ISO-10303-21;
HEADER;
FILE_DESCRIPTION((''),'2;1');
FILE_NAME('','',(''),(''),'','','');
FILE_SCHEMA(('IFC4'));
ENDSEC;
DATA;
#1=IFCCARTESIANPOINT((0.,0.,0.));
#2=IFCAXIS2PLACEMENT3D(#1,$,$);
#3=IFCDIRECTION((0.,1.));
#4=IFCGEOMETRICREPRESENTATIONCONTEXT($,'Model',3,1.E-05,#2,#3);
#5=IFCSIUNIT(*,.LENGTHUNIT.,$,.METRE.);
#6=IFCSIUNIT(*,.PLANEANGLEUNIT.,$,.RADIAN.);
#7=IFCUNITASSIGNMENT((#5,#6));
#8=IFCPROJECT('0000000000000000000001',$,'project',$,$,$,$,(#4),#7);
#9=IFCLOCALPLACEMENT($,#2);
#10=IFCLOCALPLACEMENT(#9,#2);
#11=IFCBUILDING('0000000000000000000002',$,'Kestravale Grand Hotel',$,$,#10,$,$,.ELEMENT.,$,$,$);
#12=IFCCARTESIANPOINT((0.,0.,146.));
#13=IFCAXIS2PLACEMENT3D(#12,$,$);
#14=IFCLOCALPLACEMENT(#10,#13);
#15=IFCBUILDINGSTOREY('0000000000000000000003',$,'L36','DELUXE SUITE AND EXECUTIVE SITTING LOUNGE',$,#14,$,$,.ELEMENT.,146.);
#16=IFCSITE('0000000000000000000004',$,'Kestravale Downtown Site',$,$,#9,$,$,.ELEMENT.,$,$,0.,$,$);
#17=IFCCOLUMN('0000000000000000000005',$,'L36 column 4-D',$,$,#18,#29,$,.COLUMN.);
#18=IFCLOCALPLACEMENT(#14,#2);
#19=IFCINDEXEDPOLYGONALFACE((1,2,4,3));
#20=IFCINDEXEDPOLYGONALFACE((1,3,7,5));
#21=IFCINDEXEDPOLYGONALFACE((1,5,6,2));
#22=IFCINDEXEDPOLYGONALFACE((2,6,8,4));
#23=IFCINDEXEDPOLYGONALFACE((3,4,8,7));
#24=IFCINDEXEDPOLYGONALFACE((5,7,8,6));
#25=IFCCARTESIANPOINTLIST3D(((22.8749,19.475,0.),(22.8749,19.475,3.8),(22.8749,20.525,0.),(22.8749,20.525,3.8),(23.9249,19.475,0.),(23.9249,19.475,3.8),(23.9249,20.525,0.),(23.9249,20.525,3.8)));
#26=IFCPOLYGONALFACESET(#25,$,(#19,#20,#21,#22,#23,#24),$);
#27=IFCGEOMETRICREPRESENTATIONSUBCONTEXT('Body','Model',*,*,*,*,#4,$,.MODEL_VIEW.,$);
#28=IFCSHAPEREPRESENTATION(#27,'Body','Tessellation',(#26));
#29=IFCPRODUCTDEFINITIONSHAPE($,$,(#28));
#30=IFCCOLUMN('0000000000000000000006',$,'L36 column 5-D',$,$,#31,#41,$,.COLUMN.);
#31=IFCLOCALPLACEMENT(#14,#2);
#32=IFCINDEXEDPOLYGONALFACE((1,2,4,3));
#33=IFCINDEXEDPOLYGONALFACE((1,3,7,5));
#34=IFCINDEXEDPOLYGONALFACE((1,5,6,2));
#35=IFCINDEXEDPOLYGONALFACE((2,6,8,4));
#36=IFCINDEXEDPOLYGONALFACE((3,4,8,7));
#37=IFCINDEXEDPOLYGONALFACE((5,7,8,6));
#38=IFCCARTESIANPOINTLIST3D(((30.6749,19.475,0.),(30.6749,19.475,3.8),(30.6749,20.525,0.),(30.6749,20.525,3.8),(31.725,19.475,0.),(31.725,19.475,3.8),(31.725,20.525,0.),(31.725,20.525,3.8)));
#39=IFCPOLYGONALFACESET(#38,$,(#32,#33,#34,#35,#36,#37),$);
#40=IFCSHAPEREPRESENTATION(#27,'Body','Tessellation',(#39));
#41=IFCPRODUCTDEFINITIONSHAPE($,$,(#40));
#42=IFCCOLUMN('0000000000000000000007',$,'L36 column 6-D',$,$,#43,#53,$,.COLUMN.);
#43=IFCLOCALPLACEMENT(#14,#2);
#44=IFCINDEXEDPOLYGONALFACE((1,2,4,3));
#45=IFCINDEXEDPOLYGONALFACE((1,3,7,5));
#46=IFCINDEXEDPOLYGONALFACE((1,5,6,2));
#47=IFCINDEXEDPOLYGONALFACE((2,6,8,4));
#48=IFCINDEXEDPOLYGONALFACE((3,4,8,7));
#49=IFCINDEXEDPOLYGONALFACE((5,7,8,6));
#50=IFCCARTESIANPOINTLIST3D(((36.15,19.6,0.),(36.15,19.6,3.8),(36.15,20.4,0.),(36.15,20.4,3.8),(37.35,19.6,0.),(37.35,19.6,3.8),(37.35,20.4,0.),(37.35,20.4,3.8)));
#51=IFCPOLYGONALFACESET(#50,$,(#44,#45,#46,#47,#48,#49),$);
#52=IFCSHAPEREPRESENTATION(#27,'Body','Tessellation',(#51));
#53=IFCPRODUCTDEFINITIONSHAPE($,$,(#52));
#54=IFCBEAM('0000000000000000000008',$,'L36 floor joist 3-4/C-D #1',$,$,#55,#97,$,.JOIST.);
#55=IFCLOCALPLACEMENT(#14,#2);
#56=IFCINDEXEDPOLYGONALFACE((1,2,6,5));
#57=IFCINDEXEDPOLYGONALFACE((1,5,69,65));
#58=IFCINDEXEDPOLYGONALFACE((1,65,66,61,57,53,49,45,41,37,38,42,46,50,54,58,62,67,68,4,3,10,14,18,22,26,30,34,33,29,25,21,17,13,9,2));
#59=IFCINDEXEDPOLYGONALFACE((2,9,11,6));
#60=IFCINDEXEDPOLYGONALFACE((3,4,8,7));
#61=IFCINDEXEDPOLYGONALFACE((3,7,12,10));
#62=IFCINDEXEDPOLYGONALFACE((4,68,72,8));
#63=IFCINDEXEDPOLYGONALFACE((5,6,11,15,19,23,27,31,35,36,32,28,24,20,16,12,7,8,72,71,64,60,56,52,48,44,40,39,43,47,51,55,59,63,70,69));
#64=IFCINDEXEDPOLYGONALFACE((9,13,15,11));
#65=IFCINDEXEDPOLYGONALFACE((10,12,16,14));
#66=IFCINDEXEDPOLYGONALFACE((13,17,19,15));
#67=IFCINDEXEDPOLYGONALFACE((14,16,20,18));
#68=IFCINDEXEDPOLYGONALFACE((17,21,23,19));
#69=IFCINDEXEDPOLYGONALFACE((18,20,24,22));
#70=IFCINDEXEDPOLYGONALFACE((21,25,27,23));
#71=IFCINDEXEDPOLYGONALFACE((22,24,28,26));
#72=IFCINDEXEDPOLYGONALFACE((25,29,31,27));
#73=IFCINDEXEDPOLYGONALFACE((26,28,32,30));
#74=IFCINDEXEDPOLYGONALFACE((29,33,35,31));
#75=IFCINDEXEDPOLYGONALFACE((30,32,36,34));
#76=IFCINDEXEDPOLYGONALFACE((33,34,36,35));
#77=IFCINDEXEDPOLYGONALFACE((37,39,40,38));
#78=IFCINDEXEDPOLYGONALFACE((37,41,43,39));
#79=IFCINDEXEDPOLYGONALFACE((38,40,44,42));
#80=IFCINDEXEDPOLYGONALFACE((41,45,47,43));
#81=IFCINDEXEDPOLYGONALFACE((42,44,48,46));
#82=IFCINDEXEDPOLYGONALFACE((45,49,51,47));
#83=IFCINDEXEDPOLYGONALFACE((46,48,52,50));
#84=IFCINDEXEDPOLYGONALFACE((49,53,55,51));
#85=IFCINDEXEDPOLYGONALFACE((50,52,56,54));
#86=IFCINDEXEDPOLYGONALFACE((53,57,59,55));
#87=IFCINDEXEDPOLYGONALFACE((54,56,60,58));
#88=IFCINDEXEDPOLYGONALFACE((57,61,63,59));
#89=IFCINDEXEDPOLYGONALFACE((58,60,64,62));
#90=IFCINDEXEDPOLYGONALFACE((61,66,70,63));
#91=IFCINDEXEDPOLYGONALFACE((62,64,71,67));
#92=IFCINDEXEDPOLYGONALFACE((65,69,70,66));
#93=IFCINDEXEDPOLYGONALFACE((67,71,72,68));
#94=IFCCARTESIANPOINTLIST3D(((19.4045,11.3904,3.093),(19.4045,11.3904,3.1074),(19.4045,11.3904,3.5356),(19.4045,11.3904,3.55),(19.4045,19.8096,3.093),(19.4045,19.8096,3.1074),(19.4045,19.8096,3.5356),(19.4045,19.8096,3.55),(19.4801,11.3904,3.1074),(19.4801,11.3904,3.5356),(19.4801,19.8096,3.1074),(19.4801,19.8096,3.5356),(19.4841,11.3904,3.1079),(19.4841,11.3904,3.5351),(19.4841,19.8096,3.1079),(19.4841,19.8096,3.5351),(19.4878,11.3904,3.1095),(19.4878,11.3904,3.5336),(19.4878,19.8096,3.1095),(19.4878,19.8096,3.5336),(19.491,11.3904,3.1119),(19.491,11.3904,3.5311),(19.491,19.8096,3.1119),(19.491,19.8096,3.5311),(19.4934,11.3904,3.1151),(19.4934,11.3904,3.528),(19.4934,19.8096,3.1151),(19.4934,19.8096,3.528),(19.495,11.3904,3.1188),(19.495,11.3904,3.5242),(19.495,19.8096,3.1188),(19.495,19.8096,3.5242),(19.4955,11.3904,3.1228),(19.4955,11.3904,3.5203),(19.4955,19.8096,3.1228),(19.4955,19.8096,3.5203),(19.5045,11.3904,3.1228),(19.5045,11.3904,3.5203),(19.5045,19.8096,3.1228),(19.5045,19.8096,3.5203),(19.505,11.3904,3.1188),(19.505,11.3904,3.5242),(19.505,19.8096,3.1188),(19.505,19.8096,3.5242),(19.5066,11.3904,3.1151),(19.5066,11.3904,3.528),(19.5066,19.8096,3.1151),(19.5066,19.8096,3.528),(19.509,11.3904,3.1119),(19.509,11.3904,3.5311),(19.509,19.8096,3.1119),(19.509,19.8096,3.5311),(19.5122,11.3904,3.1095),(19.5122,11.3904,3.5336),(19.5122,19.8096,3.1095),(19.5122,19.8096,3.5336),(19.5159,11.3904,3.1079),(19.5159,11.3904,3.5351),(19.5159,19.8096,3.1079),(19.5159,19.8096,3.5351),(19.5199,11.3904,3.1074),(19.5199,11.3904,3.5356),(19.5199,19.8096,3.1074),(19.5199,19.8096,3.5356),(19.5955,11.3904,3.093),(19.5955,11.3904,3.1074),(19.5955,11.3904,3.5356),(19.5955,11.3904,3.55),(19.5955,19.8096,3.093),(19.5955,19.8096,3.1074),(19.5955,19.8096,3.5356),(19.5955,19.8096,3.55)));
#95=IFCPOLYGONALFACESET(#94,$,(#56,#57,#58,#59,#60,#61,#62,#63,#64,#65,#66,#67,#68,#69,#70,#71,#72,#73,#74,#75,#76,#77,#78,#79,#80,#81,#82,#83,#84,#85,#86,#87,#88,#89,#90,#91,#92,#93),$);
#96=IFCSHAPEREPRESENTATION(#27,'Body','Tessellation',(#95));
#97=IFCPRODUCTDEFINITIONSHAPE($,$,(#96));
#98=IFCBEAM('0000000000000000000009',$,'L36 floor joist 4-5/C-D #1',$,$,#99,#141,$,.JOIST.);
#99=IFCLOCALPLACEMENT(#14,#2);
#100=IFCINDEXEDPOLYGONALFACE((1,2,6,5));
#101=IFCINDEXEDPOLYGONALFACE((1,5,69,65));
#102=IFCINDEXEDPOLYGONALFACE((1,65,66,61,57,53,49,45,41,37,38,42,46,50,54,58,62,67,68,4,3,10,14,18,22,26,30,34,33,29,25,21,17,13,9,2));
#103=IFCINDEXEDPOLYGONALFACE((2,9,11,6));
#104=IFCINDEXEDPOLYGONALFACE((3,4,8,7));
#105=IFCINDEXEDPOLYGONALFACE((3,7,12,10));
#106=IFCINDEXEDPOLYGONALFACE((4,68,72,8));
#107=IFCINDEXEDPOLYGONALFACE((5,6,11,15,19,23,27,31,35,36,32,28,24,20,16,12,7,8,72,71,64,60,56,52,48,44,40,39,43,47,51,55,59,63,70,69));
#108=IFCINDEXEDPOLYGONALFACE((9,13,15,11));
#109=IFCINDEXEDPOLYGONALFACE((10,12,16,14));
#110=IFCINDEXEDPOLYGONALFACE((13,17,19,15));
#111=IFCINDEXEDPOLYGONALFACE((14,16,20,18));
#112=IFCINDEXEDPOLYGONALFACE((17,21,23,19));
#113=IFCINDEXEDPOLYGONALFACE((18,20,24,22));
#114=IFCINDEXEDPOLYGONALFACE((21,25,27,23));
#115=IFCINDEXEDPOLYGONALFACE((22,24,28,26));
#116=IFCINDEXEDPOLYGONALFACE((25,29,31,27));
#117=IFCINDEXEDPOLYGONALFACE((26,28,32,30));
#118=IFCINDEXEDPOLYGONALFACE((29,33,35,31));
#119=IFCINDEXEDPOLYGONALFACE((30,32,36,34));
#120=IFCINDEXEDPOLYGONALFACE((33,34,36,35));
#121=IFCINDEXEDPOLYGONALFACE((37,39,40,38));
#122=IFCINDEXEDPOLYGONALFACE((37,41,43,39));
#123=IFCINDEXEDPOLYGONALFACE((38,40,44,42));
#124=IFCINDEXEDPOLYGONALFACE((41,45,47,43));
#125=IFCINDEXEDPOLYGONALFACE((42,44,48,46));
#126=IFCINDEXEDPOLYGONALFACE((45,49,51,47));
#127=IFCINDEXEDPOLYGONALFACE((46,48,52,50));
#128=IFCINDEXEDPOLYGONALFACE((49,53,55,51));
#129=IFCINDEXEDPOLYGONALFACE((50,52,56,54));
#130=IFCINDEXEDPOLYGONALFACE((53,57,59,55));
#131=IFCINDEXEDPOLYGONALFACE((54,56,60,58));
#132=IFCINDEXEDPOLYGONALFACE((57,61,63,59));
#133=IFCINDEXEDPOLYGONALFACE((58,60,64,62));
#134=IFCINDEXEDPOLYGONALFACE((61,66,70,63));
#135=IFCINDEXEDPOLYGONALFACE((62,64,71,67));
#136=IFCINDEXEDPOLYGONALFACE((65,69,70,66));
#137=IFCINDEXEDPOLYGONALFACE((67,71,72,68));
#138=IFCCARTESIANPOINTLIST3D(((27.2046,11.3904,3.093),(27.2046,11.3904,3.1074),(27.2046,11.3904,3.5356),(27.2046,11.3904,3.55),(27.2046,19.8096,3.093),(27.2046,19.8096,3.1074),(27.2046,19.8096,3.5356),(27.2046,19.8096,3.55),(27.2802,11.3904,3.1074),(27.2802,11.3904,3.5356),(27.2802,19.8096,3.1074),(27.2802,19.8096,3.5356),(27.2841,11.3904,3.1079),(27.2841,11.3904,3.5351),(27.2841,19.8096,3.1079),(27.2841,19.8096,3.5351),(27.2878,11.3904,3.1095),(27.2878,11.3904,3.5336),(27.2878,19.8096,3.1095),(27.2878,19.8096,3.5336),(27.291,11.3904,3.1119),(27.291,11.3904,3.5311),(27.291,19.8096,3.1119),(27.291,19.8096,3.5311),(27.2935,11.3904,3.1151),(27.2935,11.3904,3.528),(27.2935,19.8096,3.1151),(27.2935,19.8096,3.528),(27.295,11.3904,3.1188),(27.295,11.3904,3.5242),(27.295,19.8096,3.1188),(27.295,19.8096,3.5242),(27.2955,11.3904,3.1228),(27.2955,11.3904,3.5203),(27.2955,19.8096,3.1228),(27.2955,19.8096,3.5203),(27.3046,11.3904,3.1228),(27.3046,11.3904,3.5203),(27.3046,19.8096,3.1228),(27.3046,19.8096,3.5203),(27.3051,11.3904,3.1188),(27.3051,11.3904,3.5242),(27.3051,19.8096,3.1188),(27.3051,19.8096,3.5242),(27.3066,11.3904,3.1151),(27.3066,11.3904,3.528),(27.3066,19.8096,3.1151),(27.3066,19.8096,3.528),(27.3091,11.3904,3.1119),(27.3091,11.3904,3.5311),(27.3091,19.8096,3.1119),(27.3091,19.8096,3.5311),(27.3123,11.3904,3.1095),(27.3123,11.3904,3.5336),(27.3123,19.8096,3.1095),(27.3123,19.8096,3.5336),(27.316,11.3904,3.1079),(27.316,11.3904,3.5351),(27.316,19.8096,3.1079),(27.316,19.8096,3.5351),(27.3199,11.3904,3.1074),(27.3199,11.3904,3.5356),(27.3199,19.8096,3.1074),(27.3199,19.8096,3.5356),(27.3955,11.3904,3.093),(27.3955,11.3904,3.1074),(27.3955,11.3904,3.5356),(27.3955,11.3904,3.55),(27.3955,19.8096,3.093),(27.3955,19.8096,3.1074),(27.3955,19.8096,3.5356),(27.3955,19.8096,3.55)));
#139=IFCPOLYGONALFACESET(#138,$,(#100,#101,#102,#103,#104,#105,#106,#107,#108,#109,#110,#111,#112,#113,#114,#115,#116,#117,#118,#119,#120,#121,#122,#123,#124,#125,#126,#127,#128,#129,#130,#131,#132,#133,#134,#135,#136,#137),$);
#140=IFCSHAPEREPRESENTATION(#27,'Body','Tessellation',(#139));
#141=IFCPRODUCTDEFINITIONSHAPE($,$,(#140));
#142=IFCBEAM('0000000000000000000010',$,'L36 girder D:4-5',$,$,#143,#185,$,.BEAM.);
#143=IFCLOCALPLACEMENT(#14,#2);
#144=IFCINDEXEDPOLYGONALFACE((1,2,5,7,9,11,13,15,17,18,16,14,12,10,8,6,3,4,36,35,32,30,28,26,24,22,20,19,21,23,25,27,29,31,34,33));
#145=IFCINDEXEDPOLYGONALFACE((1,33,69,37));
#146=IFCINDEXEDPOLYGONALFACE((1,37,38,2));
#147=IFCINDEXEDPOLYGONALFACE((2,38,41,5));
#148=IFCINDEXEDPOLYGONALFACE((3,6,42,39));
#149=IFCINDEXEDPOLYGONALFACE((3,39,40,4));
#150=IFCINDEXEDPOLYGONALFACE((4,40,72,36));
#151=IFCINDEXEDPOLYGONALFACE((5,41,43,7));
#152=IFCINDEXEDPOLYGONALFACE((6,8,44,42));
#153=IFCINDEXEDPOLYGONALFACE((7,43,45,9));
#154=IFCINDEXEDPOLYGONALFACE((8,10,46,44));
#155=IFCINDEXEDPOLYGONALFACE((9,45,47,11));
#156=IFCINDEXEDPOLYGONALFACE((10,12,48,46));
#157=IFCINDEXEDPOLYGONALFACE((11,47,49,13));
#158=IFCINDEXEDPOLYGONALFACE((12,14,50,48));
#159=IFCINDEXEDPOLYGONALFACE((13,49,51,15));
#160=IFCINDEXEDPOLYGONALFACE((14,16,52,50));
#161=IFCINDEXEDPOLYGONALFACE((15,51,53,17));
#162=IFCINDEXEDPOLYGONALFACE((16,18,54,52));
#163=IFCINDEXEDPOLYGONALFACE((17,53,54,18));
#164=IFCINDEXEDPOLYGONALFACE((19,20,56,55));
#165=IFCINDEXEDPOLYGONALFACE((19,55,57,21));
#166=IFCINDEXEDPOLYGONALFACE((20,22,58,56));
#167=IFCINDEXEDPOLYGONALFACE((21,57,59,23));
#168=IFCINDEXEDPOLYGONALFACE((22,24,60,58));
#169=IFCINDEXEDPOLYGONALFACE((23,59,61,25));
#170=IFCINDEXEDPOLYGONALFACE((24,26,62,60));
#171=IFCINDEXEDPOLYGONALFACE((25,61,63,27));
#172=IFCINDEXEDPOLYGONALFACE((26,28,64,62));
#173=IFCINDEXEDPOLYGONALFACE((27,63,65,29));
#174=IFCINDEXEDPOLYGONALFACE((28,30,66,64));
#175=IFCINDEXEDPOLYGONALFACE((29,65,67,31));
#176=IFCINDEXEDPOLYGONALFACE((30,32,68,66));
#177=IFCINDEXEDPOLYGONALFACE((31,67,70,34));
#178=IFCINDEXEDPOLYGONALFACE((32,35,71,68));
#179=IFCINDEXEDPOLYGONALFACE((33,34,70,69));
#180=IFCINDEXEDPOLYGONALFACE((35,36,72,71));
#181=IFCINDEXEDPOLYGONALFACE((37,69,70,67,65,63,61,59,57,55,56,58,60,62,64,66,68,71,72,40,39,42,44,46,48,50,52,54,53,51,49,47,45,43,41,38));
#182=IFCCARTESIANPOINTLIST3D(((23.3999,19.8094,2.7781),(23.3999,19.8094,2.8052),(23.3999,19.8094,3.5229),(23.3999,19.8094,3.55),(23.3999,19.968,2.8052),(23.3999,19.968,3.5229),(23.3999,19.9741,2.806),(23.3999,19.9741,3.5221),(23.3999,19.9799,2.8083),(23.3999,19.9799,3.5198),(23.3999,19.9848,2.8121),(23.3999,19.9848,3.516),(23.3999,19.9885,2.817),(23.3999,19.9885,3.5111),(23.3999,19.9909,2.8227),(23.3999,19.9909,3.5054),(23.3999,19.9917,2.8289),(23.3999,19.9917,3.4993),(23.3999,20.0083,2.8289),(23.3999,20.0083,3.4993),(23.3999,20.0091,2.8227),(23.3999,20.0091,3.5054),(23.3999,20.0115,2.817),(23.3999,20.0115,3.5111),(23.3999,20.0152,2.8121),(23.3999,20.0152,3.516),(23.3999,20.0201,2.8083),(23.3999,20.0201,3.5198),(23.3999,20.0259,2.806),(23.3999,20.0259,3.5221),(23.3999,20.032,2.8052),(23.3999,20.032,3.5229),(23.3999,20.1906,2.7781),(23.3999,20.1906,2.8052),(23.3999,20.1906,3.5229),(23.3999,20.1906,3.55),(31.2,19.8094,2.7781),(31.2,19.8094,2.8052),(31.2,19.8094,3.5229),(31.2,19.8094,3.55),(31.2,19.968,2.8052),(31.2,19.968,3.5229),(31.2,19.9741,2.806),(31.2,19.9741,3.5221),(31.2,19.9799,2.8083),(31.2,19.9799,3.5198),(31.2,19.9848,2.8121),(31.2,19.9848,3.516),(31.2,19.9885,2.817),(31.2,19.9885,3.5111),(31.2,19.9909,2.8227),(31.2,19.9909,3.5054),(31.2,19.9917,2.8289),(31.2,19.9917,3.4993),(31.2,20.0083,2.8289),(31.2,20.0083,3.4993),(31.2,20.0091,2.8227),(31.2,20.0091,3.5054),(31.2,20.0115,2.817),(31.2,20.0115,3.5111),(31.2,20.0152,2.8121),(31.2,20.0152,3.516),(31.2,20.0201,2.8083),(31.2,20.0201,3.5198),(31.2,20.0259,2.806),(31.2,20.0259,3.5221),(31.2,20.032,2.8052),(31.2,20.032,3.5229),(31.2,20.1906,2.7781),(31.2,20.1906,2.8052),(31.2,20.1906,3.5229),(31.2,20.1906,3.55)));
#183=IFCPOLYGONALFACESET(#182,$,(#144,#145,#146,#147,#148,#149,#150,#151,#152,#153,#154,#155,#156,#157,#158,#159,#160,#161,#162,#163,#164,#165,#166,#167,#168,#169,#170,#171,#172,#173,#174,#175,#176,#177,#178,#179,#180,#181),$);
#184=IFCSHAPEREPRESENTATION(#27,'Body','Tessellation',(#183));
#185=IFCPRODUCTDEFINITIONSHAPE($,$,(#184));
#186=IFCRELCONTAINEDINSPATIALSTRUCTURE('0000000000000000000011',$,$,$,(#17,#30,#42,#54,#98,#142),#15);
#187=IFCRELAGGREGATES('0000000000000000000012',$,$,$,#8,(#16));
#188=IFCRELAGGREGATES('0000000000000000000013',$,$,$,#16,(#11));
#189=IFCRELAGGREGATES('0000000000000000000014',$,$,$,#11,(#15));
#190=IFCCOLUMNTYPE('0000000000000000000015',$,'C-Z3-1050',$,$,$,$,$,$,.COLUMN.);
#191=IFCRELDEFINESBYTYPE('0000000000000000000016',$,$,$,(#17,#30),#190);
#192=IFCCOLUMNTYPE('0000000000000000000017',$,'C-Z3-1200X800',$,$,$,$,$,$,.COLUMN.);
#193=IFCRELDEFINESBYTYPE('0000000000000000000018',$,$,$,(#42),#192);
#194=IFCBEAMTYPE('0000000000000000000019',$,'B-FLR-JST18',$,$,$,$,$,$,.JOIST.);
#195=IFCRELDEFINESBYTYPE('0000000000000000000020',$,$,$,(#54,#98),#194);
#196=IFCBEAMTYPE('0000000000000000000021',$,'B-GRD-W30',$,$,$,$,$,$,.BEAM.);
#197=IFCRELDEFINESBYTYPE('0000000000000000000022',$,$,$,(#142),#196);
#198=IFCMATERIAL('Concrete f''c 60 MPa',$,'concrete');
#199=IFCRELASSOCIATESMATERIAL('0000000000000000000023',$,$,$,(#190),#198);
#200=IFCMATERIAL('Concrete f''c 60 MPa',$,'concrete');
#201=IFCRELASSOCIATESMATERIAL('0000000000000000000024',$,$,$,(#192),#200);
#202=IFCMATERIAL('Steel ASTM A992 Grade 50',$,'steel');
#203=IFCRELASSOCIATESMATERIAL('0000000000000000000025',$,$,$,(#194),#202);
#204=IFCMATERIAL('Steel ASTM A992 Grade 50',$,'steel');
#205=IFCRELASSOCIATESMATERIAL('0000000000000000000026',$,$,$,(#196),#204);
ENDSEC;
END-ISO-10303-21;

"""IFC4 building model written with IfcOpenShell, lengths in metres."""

from ifc_helpers import new_model, si_unit, direction, frame, origin, origin_2d, place, context, subcontext, project, spatial, rectangle, i_section, extrude, material, material_profile, profile_set, type_object, element, save


model = new_model("IFC4")

# Units and contexts
model_context = context("Model", 3, precision=1e-05, world=origin(), true_north=direction((0.0, 1.0)))
body_context = subcontext(model_context, "Body", "Model", "MODEL_VIEW")
ifc_project = project(units=[si_unit("LENGTHUNIT", "METRE"), si_unit("PLANEANGLEUNIT", "RADIAN")], contexts=[model_context])

# Site, building, storey
site_placement = place(None, origin())
site = spatial("IfcSite", under=ifc_project, at=site_placement, Name="Kestravale Downtown Site", CompositionType="ELEMENT", RefElevation=0.0)
building_placement = place(site_placement, origin())
building = spatial("IfcBuilding", under=site, at=building_placement, Name="Kestravale Grand Hotel", CompositionType="ELEMENT")
storey_placement = place(building_placement, frame((0.0, 0.0, 146.0)))
storey = spatial("IfcBuildingStorey", under=building, at=storey_placement, Name="L36", Description="DELUXE SUITE AND EXECUTIVE SITTING LOUNGE", CompositionType="ELEMENT", Elevation=146.0)

# Columns
ifc_material_1 = material(Name="Concrete f'c 60 MPa", Category="concrete")
ifc_material_profile_1 = material_profile(ifc_material_1, rectangle(XDim=1.05, YDim=1.05, at=origin_2d()))
ifc_profile_set_1 = profile_set([ifc_material_profile_1], Name="Concrete f'c 60 MPa")
column_type_1 = type_object("IfcColumnType", Name="C-Z3-1050", PredefinedType="COLUMN", material=ifc_profile_set_1)
for number, where, z_axis, x_axis, name in (
    (1, (23.3999, 20.0, 0.0), (0.0, 0.0, 1.0), (1.0, 0.0, 0.0), "L36 column 4-D"),
    (2, (31.2, 20.0, 0.0), (0.0, 0.0, 1.0), (1.0, 0.0, 0.0), "L36 column 5-D"),
):
    element("IfcColumn", number, at=place(storey_placement, frame(where, z_axis=z_axis, x_axis=x_axis)), inside=storey, type_object=column_type_1, Name=name, PredefinedType="COLUMN", context=body_context, shape_type="SweptSolid", body=[
        extrude(rectangle(XDim=1.05, YDim=1.05, at=origin_2d()), origin(), (0.0, 0.0, 1.0), 3.8),
    ])
ifc_material_2 = material(Name="Concrete f'c 60 MPa", Category="concrete")
ifc_material_profile_2 = material_profile(ifc_material_2, rectangle(XDim=1.2, YDim=0.8, at=origin_2d()))
ifc_profile_set_2 = profile_set([ifc_material_profile_2], Name="Concrete f'c 60 MPa")
column_type_2 = type_object("IfcColumnType", Name="C-Z3-1200X800", PredefinedType="COLUMN", material=ifc_profile_set_2)
column_placement = place(storey_placement, frame((36.75, 20.0, 0.0), z_axis=(0.0, 0.0, 1.0), x_axis=(1.0, 0.0, 0.0)))
element("IfcColumn", 3, at=column_placement, inside=storey, type_object=column_type_2, Name="L36 column 6-D", PredefinedType="COLUMN", context=body_context, shape_type="SweptSolid", body=[
    extrude(rectangle(XDim=1.2, YDim=0.8, at=origin_2d()), origin(), (0.0, 0.0, 1.0), 3.8),
])

# Beams
ifc_material_3 = material(Name="Steel ASTM A992 Grade 50", Category="steel")
ifc_material_profile_3 = material_profile(ifc_material_3, i_section(OverallWidth=0.1909, OverallDepth=0.457, WebThickness=0.009, FlangeThickness=0.0144, FilletRadius=0.0154, at=origin_2d()))
ifc_profile_set_3 = profile_set([ifc_material_profile_3], Name="Steel ASTM A992 Grade 50")
beam_type_1 = type_object("IfcBeamType", Name="B-FLR-JST18", PredefinedType="JOIST", material=ifc_profile_set_3)
for number, where, z_axis, x_axis, name in (
    (4, (19.5, 11.3904, 3.3215), (0.0, 1.0, 0.0), (-1.0, 0.0, 0.0), "L36 floor joist 3-4/C-D #1"),
    (5, (27.3, 11.3904, 3.3215), (0.0, 1.0, 0.0), (-1.0, 0.0, 0.0), "L36 floor joist 4-5/C-D #1"),
):
    element("IfcBeam", number, at=place(storey_placement, frame(where, z_axis=z_axis, x_axis=x_axis)), inside=storey, type_object=beam_type_1, Name=name, PredefinedType="JOIST", context=body_context, shape_type="SweptSolid", body=[
        extrude(i_section(OverallWidth=0.1909, OverallDepth=0.457, WebThickness=0.009, FlangeThickness=0.0144, FilletRadius=0.0154, at=origin_2d()), origin(), (0.0, 0.0, 1.0), 8.4192),
    ])
ifc_material_4 = material(Name="Steel ASTM A992 Grade 50", Category="steel")
ifc_material_profile_4 = material_profile(ifc_material_4, i_section(OverallWidth=0.3811, OverallDepth=0.772, WebThickness=0.0166, FlangeThickness=0.0271, FilletRadius=0.0237, at=origin_2d()))
ifc_profile_set_4 = profile_set([ifc_material_profile_4], Name="Steel ASTM A992 Grade 50")
beam_type_2 = type_object("IfcBeamType", Name="B-GRD-W30", PredefinedType="BEAM", material=ifc_profile_set_4)
beam_1_placement = place(storey_placement, frame((23.3999, 20.0, 3.1641), z_axis=(1.0, 0.0, 0.0), x_axis=(0.0, 1.0, 0.0)))
element("IfcBeam", 6, at=beam_1_placement, inside=storey, type_object=beam_type_2, Name="L36 girder D:4-5", PredefinedType="BEAM", context=body_context, shape_type="SweptSolid", body=[
    extrude(i_section(OverallWidth=0.3811, OverallDepth=0.772, WebThickness=0.0166, FlangeThickness=0.0271, FilletRadius=0.0237, at=origin_2d()), origin(), (0.0, 0.0, 1.0), 7.8),
])

save(model, "model.ifc")
